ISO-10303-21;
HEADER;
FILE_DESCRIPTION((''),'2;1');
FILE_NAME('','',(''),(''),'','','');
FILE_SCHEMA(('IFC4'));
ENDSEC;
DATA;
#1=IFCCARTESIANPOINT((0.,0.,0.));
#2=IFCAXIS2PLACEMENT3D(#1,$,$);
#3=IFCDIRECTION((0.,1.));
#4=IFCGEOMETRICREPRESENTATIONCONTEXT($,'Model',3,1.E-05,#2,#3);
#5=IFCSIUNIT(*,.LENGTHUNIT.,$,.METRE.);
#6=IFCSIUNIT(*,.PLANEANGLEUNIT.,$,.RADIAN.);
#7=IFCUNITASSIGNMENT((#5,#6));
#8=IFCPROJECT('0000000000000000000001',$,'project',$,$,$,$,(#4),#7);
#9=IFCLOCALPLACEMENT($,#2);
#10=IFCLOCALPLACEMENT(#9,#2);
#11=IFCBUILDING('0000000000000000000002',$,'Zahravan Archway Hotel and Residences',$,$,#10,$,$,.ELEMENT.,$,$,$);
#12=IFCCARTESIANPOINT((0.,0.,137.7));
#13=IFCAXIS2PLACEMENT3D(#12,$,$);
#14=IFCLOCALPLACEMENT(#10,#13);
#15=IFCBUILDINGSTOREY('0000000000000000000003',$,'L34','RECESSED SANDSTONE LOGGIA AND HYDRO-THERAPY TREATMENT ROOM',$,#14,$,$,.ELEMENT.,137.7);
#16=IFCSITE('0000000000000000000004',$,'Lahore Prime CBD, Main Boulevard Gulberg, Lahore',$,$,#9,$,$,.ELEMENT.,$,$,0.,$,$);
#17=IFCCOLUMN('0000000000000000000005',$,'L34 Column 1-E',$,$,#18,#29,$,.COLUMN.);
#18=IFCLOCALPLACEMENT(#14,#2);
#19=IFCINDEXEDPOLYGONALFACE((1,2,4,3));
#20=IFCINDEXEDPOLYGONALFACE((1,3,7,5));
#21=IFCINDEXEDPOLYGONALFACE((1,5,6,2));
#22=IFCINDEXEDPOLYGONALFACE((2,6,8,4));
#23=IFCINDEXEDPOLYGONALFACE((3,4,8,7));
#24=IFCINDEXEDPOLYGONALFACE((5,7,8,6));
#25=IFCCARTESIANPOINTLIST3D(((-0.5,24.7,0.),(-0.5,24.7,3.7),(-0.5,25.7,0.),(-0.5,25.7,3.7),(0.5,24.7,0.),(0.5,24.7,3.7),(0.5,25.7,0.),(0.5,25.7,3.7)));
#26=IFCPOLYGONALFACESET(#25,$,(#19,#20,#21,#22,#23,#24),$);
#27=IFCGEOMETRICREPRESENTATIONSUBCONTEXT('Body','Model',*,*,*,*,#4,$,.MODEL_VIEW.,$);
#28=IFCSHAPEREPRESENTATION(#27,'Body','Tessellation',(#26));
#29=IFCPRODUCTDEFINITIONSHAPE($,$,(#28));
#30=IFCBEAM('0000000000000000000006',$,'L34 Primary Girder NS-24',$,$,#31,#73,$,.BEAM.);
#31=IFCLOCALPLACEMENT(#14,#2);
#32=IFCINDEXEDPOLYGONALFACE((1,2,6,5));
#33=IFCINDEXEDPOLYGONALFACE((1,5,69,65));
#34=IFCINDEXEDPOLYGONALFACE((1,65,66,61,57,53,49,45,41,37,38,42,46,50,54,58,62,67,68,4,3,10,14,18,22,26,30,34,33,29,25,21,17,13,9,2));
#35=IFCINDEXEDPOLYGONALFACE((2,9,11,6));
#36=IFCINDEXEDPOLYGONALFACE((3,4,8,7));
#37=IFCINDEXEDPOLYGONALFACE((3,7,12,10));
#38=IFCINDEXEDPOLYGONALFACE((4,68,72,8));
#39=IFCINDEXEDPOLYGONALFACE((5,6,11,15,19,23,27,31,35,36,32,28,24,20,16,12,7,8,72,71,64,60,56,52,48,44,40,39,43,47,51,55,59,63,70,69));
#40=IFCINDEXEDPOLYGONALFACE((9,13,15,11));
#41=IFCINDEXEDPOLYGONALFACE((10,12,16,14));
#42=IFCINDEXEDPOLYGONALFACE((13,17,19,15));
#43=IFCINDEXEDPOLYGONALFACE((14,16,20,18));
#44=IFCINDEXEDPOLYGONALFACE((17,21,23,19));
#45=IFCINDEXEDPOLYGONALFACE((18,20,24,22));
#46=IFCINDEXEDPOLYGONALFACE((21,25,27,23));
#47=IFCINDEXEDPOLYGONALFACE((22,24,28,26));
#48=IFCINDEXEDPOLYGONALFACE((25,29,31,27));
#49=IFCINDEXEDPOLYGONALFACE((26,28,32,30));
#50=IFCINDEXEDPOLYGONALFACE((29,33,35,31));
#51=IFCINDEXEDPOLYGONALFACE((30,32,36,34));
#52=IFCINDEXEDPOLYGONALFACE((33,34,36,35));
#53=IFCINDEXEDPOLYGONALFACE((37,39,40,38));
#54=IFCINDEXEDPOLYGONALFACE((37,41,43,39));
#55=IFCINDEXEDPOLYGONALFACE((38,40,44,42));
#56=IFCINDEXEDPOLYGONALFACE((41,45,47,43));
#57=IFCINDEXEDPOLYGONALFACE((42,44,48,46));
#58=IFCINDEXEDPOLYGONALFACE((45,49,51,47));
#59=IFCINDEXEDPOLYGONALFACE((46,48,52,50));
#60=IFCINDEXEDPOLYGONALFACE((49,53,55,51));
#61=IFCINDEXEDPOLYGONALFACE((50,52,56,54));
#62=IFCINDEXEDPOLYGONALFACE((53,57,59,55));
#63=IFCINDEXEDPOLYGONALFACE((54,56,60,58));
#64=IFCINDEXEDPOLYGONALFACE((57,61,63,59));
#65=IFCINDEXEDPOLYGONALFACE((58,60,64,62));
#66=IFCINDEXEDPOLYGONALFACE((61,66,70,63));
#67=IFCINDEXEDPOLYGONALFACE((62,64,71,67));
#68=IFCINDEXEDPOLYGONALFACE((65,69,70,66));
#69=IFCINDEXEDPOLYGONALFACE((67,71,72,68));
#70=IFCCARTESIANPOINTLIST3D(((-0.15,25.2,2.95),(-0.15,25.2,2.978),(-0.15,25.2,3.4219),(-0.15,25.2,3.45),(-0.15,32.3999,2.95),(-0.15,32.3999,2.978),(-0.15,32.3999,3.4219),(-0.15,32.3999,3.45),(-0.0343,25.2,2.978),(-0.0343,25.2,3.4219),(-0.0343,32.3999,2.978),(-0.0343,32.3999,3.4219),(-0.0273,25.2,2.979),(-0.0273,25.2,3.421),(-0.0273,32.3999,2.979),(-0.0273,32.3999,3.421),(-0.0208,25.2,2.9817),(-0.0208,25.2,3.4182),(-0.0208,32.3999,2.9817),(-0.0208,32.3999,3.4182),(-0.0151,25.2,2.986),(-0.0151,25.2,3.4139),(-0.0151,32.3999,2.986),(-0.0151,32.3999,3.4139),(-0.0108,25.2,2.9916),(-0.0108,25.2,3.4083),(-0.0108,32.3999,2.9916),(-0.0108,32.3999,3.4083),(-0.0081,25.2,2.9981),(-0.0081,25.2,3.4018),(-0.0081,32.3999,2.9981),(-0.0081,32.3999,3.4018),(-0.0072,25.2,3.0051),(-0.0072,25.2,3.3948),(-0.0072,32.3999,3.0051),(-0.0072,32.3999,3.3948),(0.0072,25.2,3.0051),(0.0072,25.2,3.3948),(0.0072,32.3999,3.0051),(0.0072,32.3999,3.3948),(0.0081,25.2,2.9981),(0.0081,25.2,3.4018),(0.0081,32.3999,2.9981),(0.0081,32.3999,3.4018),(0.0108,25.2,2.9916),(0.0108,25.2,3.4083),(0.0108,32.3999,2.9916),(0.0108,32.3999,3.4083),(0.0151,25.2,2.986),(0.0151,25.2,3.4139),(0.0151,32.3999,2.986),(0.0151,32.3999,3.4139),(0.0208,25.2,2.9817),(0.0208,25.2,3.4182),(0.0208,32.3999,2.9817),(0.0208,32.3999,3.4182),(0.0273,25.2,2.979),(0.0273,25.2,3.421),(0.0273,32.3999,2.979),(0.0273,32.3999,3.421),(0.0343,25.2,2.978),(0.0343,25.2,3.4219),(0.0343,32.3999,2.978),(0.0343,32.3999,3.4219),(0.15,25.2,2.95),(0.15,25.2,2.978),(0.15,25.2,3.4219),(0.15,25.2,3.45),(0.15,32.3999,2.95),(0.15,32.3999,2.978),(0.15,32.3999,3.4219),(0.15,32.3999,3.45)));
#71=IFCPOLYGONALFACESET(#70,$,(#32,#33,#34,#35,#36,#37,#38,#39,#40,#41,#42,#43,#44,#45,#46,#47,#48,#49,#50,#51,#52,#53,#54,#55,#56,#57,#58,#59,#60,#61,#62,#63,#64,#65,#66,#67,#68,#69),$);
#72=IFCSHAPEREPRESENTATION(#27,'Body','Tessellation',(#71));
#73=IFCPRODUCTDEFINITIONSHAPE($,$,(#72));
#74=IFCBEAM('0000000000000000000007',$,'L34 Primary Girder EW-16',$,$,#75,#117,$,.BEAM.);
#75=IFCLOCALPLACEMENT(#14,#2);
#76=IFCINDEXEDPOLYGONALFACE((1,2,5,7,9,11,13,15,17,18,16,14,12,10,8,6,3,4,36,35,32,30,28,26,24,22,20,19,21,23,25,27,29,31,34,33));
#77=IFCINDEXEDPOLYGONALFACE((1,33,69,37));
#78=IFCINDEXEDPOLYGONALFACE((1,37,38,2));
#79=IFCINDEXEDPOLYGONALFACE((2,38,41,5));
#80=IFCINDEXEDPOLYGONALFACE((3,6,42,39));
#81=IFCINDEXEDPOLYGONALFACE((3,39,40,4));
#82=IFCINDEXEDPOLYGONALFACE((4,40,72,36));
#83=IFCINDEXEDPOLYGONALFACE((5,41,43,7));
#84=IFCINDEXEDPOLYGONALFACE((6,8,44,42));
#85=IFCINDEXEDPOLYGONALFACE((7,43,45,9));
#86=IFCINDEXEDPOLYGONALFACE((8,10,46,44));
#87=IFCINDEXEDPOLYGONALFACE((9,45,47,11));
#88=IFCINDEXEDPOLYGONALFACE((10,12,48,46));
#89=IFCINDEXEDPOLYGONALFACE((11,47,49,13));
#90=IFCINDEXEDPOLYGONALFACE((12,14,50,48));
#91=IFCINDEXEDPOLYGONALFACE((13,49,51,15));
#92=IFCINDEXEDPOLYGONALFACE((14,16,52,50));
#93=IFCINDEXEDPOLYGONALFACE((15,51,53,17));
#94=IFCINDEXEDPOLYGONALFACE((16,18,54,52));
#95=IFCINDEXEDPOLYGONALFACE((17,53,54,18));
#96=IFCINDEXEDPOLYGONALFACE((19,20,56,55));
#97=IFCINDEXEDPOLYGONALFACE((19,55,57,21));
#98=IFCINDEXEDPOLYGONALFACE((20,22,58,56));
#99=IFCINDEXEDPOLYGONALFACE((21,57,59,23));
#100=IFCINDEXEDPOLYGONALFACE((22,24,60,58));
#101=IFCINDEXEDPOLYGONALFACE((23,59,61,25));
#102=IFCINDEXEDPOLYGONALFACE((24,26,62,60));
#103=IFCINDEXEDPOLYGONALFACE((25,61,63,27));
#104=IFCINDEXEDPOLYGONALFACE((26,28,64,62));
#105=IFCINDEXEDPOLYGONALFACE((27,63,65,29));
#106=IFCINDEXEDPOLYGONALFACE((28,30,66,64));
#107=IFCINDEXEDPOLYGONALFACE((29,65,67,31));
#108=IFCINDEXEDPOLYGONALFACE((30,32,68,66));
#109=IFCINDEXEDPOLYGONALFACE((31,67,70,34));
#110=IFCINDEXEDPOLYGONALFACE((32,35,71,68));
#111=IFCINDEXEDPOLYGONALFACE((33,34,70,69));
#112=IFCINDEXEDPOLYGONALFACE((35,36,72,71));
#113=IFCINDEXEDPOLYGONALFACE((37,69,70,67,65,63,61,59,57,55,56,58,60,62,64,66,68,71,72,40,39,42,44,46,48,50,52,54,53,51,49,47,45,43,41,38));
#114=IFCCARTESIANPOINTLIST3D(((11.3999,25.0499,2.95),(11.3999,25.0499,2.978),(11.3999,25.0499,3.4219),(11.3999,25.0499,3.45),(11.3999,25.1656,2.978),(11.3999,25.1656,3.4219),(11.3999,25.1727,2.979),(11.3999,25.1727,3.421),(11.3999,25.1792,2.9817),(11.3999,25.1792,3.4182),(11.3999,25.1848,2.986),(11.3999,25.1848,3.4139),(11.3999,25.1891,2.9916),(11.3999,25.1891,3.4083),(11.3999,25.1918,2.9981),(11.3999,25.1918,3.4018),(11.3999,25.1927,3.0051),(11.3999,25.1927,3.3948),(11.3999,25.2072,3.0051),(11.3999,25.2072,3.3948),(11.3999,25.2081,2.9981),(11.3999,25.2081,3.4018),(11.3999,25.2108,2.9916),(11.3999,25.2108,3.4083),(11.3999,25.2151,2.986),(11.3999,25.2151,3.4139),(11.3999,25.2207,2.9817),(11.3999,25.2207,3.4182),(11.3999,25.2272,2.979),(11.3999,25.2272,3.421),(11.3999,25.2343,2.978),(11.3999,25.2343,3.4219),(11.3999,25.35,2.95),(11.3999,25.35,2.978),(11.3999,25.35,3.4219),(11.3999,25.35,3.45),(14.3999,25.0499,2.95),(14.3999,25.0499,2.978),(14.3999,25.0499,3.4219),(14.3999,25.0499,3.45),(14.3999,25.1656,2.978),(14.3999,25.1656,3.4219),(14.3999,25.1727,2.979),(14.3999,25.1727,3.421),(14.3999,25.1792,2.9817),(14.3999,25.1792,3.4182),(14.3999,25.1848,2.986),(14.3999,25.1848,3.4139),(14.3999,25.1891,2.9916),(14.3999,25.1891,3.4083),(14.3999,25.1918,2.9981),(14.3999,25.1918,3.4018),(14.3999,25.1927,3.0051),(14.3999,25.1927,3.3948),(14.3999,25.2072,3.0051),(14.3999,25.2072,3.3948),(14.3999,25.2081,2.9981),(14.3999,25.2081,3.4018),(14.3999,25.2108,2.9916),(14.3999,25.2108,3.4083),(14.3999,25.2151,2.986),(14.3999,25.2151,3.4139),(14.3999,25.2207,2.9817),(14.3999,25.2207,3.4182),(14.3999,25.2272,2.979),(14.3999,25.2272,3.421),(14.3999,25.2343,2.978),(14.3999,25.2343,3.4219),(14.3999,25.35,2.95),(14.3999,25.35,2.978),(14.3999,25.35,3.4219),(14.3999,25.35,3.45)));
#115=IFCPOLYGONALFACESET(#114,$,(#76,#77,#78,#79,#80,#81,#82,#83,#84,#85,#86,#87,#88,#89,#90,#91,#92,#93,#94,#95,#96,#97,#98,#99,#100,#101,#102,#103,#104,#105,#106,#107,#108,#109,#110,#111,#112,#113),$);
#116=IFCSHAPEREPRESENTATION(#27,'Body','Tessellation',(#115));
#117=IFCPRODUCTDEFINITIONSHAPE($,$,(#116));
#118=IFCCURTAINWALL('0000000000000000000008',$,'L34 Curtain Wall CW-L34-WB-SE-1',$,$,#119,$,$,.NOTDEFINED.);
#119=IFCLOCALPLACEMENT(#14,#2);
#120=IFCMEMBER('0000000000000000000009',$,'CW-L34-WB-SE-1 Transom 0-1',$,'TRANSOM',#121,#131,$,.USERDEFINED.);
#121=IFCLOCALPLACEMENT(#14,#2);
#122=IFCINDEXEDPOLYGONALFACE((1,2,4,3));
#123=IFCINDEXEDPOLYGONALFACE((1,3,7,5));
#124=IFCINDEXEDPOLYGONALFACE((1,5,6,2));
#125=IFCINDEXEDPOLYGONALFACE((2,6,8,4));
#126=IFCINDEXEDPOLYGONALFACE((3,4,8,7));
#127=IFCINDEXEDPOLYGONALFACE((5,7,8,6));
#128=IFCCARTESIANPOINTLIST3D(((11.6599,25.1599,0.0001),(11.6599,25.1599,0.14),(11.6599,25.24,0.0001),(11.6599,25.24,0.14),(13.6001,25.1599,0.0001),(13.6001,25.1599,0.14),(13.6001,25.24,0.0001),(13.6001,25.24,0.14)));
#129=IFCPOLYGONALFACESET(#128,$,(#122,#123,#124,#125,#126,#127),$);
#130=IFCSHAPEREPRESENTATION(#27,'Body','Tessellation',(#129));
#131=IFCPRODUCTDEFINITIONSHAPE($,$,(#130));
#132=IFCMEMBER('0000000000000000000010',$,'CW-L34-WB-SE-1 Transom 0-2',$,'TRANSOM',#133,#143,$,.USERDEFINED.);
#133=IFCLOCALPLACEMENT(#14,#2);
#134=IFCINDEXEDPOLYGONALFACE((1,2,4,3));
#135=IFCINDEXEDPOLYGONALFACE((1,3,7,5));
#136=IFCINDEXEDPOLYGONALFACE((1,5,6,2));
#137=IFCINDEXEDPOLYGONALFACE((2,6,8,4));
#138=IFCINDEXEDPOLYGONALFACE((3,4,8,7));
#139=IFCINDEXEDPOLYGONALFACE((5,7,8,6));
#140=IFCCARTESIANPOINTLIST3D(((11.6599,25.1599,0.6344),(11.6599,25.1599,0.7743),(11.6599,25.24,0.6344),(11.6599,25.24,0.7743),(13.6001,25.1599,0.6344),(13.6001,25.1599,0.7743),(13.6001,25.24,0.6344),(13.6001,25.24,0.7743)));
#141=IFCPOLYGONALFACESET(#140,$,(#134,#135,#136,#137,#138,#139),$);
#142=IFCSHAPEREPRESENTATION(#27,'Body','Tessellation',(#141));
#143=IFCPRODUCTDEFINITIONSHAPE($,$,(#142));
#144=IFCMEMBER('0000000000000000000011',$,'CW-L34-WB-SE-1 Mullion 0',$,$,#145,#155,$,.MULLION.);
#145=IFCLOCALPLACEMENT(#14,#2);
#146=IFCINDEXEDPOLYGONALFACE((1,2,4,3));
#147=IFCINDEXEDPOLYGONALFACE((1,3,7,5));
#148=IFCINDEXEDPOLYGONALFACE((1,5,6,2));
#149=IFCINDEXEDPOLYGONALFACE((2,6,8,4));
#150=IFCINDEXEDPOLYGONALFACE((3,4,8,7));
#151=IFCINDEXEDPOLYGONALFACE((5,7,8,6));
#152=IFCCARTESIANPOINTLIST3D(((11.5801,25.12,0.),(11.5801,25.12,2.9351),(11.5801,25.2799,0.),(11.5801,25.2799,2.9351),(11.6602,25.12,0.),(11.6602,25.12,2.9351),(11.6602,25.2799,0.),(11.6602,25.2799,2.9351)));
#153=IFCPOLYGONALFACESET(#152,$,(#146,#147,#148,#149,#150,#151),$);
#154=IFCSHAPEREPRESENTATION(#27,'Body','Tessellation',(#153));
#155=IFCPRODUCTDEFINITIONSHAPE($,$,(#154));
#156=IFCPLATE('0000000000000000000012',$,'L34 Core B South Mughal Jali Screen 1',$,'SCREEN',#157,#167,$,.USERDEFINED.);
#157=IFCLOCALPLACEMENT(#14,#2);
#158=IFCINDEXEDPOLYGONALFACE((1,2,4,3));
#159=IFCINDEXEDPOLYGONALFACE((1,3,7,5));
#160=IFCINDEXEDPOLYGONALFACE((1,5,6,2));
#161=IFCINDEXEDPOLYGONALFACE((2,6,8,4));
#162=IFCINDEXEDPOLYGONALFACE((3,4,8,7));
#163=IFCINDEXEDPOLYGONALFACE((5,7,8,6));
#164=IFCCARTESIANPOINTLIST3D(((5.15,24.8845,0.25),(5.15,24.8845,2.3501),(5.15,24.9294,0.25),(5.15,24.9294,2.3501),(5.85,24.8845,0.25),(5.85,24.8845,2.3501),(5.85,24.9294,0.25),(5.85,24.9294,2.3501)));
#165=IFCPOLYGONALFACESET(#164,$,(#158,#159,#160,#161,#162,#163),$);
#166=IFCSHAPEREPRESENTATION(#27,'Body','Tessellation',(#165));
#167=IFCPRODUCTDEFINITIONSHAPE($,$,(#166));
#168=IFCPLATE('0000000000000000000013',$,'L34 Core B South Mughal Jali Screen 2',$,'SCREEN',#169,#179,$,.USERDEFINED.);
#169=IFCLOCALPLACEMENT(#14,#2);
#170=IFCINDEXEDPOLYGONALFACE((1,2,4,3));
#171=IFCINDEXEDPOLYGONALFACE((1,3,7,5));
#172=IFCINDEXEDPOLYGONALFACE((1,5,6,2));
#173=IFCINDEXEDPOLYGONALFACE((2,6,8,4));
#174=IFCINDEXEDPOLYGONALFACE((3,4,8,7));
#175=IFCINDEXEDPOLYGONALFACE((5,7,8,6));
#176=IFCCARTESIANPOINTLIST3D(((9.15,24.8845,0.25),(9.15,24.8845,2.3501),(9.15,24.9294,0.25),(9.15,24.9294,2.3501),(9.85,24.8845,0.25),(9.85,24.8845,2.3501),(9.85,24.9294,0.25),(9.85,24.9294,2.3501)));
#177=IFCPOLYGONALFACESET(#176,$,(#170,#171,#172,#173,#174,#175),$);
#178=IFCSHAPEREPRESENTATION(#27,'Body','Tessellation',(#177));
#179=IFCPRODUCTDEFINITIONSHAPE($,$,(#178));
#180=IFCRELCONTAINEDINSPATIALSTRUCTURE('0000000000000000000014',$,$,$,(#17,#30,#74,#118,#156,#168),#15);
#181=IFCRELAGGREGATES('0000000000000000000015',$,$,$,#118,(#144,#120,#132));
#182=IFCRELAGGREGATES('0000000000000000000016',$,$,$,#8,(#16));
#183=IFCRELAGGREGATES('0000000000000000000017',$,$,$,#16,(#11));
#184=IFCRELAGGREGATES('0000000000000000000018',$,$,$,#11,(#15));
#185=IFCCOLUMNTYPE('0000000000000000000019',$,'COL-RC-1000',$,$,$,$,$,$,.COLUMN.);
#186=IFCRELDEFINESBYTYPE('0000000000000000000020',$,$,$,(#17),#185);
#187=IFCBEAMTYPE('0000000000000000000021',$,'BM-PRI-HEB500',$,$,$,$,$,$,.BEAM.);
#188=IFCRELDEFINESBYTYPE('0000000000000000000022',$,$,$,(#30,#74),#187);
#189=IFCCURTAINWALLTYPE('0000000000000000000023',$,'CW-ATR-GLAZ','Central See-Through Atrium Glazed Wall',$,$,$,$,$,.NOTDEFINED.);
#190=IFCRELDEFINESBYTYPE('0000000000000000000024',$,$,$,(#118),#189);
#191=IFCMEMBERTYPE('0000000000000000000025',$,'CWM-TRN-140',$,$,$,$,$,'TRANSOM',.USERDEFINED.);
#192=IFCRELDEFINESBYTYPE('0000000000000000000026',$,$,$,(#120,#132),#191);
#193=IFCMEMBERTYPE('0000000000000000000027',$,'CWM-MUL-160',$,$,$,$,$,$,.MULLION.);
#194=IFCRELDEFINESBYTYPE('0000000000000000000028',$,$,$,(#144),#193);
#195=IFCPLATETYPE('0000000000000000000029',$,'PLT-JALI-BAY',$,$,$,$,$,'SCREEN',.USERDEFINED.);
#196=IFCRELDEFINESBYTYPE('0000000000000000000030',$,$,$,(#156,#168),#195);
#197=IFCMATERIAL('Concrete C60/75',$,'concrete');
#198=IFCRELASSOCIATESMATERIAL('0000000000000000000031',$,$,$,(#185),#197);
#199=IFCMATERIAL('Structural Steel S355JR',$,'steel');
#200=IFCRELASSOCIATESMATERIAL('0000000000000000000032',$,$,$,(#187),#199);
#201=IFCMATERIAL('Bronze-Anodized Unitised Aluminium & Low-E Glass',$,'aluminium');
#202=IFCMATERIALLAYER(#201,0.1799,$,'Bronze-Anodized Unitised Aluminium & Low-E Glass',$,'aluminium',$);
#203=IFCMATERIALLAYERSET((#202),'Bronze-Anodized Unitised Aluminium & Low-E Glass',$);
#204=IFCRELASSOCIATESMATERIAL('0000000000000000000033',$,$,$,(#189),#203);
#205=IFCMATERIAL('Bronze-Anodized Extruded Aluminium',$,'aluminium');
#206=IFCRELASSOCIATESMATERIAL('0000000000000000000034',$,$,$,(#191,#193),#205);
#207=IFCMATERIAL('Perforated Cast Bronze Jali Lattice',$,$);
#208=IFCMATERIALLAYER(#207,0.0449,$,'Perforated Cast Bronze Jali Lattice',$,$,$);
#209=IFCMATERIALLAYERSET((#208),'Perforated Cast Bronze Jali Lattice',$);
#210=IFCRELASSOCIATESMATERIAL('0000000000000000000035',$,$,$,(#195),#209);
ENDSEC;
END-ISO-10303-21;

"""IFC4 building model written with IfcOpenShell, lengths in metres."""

from ifc_helpers import new_model, si_unit, direction, frame, origin, origin_2d, place, context, subcontext, project, spatial, rectangle, i_section, extrude, source, transform, mapped, material, layer, layer_set, material_profile, profile_set, type_object, type_shapes, element, aggregate, save


model = new_model("IFC4")

# Units and contexts
model_context = context("Model", 3, precision=1e-05, world=origin(), true_north=direction((0.0, 1.0)))
body_context = subcontext(model_context, "Body", "Model", "MODEL_VIEW")
ifc_project = project(units=[si_unit("LENGTHUNIT", "METRE"), si_unit("PLANEANGLEUNIT", "RADIAN")], contexts=[model_context])

# Site, building, storey
site_placement = place(None, origin())
site = spatial("IfcSite", under=ifc_project, at=site_placement, Name="Lahore Prime CBD, Main Boulevard Gulberg, Lahore", CompositionType="ELEMENT", RefElevation=0.0)
building_placement = place(site_placement, origin())
building = spatial("IfcBuilding", under=site, at=building_placement, Name="Zahravan Archway Hotel and Residences", CompositionType="ELEMENT")
storey_placement = place(building_placement, frame((0.0, 0.0, 137.7)))
storey = spatial("IfcBuildingStorey", under=building, at=storey_placement, Name="L34", Description="RECESSED SANDSTONE LOGGIA AND HYDRO-THERAPY TREATMENT ROOM", CompositionType="ELEMENT", Elevation=137.7)

# Column
ifc_material_1 = material(Name="Concrete C60/75", Category="concrete")
ifc_material_profile_1 = material_profile(ifc_material_1, rectangle(XDim=1.0, YDim=1.0, at=origin_2d()), Name="RC-COL-1000x1000", Category="concrete")
ifc_profile_set_1 = profile_set([ifc_material_profile_1], Name="Concrete C60/75")
column_type = type_object("IfcColumnType", Name="COL-RC-1000", PredefinedType="COLUMN", material=ifc_profile_set_1)
shared_shape_1 = source(origin(), body_context, "Body", "SweptSolid", [
    extrude(rectangle(XDim=1.0, YDim=1.0, at=origin_2d()), origin(), (0.0, 0.0, 1.0), 3.7),
])
type_shapes(column_type, [shared_shape_1])
column_placement = place(storey_placement, frame((0.0, 25.2, 0.0), z_axis=(0.0, 0.0, 1.0), x_axis=(1.0, 0.0, 0.0)))
element("IfcColumn", 1, at=column_placement, inside=storey, type_object=column_type, Name="L34 Column 1-E", PredefinedType="COLUMN", context=body_context, shape_type="MappedRepresentation", body=[
    mapped(shared_shape_1, transform((0.0, 0.0, 0.0), scale=1.0)),
])

# Beams
ifc_material_2 = material(Name="Structural Steel S355JR", Category="steel")
ifc_material_profile_2 = material_profile(ifc_material_2, i_section(OverallWidth=0.3, OverallDepth=0.5, WebThickness=0.0144, FlangeThickness=0.0281, FilletRadius=0.0271, at=origin_2d()), Name="HEB 500", Category="steel")
ifc_profile_set_2 = profile_set([ifc_material_profile_2], Name="Structural Steel S355JR")
beam_type = type_object("IfcBeamType", Name="BM-PRI-HEB500", PredefinedType="BEAM", material=ifc_profile_set_2)
shared_shape_2 = source(origin(), body_context, "Body", "SweptSolid", [
    extrude(i_section(OverallWidth=0.3, OverallDepth=0.5, WebThickness=0.0144, FlangeThickness=0.0281, FilletRadius=0.0271, at=origin_2d()), origin(), (0.0, 0.0, 1.0), 7.2),
])
beam_1_placement = place(storey_placement, frame((0.0, 25.2, 3.2), z_axis=(0.0, 1.0, 0.0), x_axis=(-1.0, 0.0, 0.0)))
element("IfcBeam", 2, at=beam_1_placement, inside=storey, type_object=beam_type, Name="L34 Primary Girder NS-24", PredefinedType="BEAM", context=body_context, shape_type="MappedRepresentation", body=[
    mapped(shared_shape_2, transform((0.0, 0.0, 0.0), scale=1.0)),
])
shared_shape_3 = source(origin(), body_context, "Body", "SweptSolid", [
    extrude(i_section(OverallWidth=0.3, OverallDepth=0.5, WebThickness=0.0144, FlangeThickness=0.0281, FilletRadius=0.0271, at=origin_2d()), origin(), (0.0, 0.0, 1.0), 3.0),
])
beam_2_placement = place(storey_placement, frame((11.3999, 25.2, 3.2), z_axis=(1.0, 0.0, 0.0), x_axis=(0.0, 1.0, 0.0)))
element("IfcBeam", 3, at=beam_2_placement, inside=storey, type_object=beam_type, Name="L34 Primary Girder EW-16", PredefinedType="BEAM", context=body_context, shape_type="MappedRepresentation", body=[
    mapped(shared_shape_3, transform((0.0, 0.0, 0.0), scale=1.0)),
])

# Curtain wall, members
ifc_material_3 = material(Name="Bronze-Anodized Unitised Aluminium & Low-E Glass", Category="aluminium")
ifc_layer_1 = layer(ifc_material_3, 0.1799, Name="Bronze-Anodized Unitised Aluminium & Low-E Glass", Category="aluminium")
ifc_layer_set_1 = layer_set([ifc_layer_1], Name="Bronze-Anodized Unitised Aluminium & Low-E Glass")
curtain_wall_type = type_object("IfcCurtainWallType", Name="CW-ATR-GLAZ", Description="Central See-Through Atrium Glazed Wall", PredefinedType="NOTDEFINED", material=ifc_layer_set_1)
curtain_wall_placement = place(storey_placement, origin())
curtain_wall = element("IfcCurtainWall", 4, at=curtain_wall_placement, inside=storey, type_object=curtain_wall_type, Name="L34 Curtain Wall CW-L34-WB-SE-1", PredefinedType="NOTDEFINED")
ifc_material_4 = material(Name="Bronze-Anodized Extruded Aluminium", Category="aluminium")
ifc_material_profile_3 = material_profile(ifc_material_4, rectangle(XDim=0.0801, YDim=0.1399, at=origin_2d()), Name="TRN 80x140", Category="aluminium")
ifc_profile_set_3 = profile_set([ifc_material_profile_3], Name="Bronze-Anodized Extruded Aluminium")
member_type_1 = type_object("IfcMemberType", Name="CWM-TRN-140", ElementType="TRANSOM", PredefinedType="USERDEFINED", material=ifc_profile_set_3)
shared_shape_4 = source(origin(), body_context, "Body", "SweptSolid", [
    extrude(rectangle(XDim=0.0801, YDim=0.1399, at=origin_2d()), origin(), (0.0, 0.0, 1.0), 1.9402),
])
member_1_placement = place(storey_placement, frame((11.6599, 25.2, 0.0701), z_axis=(1.0, 0.0, 0.0), x_axis=(0.0, 1.0, 0.0)))
member_1 = element("IfcMember", 5, at=member_1_placement, type_object=member_type_1, Name="CW-L34-WB-SE-1 Transom 0-1", ObjectType="TRANSOM", PredefinedType="USERDEFINED", context=body_context, shape_type="MappedRepresentation", body=[
    mapped(shared_shape_4, transform((0.0, 0.0, 0.0), scale=1.0)),
])
member_2_placement = place(storey_placement, frame((11.6599, 25.2, 0.7043), z_axis=(1.0, 0.0, 0.0), x_axis=(0.0, 1.0, 0.0)))
member_2 = element("IfcMember", 6, at=member_2_placement, type_object=member_type_1, Name="CW-L34-WB-SE-1 Transom 0-2", ObjectType="TRANSOM", PredefinedType="USERDEFINED", context=body_context, shape_type="MappedRepresentation", body=[
    mapped(shared_shape_4, transform((0.0, 0.0, 0.0), scale=1.0)),
])
ifc_material_profile_4 = material_profile(ifc_material_4, rectangle(XDim=0.0801, YDim=0.1599, at=origin_2d()), Name="MUL 80x160", Category="aluminium")
ifc_profile_set_4 = profile_set([ifc_material_profile_4], Name="Bronze-Anodized Extruded Aluminium")
member_type_2 = type_object("IfcMemberType", Name="CWM-MUL-160", PredefinedType="MULLION", material=ifc_profile_set_4)
shared_shape_5 = source(origin(), body_context, "Body", "SweptSolid", [
    extrude(rectangle(XDim=0.0801, YDim=0.1599, at=origin_2d()), origin(), (0.0, 0.0, 1.0), 2.9351),
])
member_3_placement = place(storey_placement, frame((11.6201, 25.2, 0.0), z_axis=(0.0, 0.0, 1.0), x_axis=(1.0, 0.0, 0.0)))
member_3 = element("IfcMember", 7, at=member_3_placement, type_object=member_type_2, Name="CW-L34-WB-SE-1 Mullion 0", PredefinedType="MULLION", context=body_context, shape_type="MappedRepresentation", body=[
    mapped(shared_shape_5, transform((0.0, 0.0, 0.0), scale=1.0)),
])
aggregate(curtain_wall, [member_3, member_1, member_2])

# Plates
ifc_material_5 = material(Name="Perforated Cast Bronze Jali Lattice")
ifc_layer_2 = layer(ifc_material_5, 0.0449, Name="Perforated Cast Bronze Jali Lattice")
ifc_layer_set_2 = layer_set([ifc_layer_2], Name="Perforated Cast Bronze Jali Lattice")
plate_type = type_object("IfcPlateType", Name="PLT-JALI-BAY", ElementType="SCREEN", PredefinedType="USERDEFINED", material=ifc_layer_set_2)
shared_shape_6 = source(origin(), body_context, "Body", "SweptSolid", [
    extrude(rectangle(XDim=0.7, YDim=0.0449, at=origin_2d()), origin(), (0.0, 0.0, 1.0), 2.1001),
])
type_shapes(plate_type, [shared_shape_6])
for number, where, z_axis, x_axis, name in (
    (8, (5.5, 24.907, 0.25), (0.0, 0.0, 1.0), (1.0, 0.0, 0.0), "L34 Core B South Mughal Jali Screen 1"),
    (9, (9.5, 24.907, 0.25), (0.0, 0.0, 1.0), (1.0, 0.0, 0.0), "L34 Core B South Mughal Jali Screen 2"),
):
    element("IfcPlate", number, at=place(storey_placement, frame(where, z_axis=z_axis, x_axis=x_axis)), inside=storey, type_object=plate_type, Name=name, ObjectType="SCREEN", PredefinedType="USERDEFINED", context=body_context, shape_type="MappedRepresentation", body=[
        mapped(shared_shape_6, transform((0.0, 0.0, 0.0), scale=1.0)),
    ])

save(model, "model.ifc")
